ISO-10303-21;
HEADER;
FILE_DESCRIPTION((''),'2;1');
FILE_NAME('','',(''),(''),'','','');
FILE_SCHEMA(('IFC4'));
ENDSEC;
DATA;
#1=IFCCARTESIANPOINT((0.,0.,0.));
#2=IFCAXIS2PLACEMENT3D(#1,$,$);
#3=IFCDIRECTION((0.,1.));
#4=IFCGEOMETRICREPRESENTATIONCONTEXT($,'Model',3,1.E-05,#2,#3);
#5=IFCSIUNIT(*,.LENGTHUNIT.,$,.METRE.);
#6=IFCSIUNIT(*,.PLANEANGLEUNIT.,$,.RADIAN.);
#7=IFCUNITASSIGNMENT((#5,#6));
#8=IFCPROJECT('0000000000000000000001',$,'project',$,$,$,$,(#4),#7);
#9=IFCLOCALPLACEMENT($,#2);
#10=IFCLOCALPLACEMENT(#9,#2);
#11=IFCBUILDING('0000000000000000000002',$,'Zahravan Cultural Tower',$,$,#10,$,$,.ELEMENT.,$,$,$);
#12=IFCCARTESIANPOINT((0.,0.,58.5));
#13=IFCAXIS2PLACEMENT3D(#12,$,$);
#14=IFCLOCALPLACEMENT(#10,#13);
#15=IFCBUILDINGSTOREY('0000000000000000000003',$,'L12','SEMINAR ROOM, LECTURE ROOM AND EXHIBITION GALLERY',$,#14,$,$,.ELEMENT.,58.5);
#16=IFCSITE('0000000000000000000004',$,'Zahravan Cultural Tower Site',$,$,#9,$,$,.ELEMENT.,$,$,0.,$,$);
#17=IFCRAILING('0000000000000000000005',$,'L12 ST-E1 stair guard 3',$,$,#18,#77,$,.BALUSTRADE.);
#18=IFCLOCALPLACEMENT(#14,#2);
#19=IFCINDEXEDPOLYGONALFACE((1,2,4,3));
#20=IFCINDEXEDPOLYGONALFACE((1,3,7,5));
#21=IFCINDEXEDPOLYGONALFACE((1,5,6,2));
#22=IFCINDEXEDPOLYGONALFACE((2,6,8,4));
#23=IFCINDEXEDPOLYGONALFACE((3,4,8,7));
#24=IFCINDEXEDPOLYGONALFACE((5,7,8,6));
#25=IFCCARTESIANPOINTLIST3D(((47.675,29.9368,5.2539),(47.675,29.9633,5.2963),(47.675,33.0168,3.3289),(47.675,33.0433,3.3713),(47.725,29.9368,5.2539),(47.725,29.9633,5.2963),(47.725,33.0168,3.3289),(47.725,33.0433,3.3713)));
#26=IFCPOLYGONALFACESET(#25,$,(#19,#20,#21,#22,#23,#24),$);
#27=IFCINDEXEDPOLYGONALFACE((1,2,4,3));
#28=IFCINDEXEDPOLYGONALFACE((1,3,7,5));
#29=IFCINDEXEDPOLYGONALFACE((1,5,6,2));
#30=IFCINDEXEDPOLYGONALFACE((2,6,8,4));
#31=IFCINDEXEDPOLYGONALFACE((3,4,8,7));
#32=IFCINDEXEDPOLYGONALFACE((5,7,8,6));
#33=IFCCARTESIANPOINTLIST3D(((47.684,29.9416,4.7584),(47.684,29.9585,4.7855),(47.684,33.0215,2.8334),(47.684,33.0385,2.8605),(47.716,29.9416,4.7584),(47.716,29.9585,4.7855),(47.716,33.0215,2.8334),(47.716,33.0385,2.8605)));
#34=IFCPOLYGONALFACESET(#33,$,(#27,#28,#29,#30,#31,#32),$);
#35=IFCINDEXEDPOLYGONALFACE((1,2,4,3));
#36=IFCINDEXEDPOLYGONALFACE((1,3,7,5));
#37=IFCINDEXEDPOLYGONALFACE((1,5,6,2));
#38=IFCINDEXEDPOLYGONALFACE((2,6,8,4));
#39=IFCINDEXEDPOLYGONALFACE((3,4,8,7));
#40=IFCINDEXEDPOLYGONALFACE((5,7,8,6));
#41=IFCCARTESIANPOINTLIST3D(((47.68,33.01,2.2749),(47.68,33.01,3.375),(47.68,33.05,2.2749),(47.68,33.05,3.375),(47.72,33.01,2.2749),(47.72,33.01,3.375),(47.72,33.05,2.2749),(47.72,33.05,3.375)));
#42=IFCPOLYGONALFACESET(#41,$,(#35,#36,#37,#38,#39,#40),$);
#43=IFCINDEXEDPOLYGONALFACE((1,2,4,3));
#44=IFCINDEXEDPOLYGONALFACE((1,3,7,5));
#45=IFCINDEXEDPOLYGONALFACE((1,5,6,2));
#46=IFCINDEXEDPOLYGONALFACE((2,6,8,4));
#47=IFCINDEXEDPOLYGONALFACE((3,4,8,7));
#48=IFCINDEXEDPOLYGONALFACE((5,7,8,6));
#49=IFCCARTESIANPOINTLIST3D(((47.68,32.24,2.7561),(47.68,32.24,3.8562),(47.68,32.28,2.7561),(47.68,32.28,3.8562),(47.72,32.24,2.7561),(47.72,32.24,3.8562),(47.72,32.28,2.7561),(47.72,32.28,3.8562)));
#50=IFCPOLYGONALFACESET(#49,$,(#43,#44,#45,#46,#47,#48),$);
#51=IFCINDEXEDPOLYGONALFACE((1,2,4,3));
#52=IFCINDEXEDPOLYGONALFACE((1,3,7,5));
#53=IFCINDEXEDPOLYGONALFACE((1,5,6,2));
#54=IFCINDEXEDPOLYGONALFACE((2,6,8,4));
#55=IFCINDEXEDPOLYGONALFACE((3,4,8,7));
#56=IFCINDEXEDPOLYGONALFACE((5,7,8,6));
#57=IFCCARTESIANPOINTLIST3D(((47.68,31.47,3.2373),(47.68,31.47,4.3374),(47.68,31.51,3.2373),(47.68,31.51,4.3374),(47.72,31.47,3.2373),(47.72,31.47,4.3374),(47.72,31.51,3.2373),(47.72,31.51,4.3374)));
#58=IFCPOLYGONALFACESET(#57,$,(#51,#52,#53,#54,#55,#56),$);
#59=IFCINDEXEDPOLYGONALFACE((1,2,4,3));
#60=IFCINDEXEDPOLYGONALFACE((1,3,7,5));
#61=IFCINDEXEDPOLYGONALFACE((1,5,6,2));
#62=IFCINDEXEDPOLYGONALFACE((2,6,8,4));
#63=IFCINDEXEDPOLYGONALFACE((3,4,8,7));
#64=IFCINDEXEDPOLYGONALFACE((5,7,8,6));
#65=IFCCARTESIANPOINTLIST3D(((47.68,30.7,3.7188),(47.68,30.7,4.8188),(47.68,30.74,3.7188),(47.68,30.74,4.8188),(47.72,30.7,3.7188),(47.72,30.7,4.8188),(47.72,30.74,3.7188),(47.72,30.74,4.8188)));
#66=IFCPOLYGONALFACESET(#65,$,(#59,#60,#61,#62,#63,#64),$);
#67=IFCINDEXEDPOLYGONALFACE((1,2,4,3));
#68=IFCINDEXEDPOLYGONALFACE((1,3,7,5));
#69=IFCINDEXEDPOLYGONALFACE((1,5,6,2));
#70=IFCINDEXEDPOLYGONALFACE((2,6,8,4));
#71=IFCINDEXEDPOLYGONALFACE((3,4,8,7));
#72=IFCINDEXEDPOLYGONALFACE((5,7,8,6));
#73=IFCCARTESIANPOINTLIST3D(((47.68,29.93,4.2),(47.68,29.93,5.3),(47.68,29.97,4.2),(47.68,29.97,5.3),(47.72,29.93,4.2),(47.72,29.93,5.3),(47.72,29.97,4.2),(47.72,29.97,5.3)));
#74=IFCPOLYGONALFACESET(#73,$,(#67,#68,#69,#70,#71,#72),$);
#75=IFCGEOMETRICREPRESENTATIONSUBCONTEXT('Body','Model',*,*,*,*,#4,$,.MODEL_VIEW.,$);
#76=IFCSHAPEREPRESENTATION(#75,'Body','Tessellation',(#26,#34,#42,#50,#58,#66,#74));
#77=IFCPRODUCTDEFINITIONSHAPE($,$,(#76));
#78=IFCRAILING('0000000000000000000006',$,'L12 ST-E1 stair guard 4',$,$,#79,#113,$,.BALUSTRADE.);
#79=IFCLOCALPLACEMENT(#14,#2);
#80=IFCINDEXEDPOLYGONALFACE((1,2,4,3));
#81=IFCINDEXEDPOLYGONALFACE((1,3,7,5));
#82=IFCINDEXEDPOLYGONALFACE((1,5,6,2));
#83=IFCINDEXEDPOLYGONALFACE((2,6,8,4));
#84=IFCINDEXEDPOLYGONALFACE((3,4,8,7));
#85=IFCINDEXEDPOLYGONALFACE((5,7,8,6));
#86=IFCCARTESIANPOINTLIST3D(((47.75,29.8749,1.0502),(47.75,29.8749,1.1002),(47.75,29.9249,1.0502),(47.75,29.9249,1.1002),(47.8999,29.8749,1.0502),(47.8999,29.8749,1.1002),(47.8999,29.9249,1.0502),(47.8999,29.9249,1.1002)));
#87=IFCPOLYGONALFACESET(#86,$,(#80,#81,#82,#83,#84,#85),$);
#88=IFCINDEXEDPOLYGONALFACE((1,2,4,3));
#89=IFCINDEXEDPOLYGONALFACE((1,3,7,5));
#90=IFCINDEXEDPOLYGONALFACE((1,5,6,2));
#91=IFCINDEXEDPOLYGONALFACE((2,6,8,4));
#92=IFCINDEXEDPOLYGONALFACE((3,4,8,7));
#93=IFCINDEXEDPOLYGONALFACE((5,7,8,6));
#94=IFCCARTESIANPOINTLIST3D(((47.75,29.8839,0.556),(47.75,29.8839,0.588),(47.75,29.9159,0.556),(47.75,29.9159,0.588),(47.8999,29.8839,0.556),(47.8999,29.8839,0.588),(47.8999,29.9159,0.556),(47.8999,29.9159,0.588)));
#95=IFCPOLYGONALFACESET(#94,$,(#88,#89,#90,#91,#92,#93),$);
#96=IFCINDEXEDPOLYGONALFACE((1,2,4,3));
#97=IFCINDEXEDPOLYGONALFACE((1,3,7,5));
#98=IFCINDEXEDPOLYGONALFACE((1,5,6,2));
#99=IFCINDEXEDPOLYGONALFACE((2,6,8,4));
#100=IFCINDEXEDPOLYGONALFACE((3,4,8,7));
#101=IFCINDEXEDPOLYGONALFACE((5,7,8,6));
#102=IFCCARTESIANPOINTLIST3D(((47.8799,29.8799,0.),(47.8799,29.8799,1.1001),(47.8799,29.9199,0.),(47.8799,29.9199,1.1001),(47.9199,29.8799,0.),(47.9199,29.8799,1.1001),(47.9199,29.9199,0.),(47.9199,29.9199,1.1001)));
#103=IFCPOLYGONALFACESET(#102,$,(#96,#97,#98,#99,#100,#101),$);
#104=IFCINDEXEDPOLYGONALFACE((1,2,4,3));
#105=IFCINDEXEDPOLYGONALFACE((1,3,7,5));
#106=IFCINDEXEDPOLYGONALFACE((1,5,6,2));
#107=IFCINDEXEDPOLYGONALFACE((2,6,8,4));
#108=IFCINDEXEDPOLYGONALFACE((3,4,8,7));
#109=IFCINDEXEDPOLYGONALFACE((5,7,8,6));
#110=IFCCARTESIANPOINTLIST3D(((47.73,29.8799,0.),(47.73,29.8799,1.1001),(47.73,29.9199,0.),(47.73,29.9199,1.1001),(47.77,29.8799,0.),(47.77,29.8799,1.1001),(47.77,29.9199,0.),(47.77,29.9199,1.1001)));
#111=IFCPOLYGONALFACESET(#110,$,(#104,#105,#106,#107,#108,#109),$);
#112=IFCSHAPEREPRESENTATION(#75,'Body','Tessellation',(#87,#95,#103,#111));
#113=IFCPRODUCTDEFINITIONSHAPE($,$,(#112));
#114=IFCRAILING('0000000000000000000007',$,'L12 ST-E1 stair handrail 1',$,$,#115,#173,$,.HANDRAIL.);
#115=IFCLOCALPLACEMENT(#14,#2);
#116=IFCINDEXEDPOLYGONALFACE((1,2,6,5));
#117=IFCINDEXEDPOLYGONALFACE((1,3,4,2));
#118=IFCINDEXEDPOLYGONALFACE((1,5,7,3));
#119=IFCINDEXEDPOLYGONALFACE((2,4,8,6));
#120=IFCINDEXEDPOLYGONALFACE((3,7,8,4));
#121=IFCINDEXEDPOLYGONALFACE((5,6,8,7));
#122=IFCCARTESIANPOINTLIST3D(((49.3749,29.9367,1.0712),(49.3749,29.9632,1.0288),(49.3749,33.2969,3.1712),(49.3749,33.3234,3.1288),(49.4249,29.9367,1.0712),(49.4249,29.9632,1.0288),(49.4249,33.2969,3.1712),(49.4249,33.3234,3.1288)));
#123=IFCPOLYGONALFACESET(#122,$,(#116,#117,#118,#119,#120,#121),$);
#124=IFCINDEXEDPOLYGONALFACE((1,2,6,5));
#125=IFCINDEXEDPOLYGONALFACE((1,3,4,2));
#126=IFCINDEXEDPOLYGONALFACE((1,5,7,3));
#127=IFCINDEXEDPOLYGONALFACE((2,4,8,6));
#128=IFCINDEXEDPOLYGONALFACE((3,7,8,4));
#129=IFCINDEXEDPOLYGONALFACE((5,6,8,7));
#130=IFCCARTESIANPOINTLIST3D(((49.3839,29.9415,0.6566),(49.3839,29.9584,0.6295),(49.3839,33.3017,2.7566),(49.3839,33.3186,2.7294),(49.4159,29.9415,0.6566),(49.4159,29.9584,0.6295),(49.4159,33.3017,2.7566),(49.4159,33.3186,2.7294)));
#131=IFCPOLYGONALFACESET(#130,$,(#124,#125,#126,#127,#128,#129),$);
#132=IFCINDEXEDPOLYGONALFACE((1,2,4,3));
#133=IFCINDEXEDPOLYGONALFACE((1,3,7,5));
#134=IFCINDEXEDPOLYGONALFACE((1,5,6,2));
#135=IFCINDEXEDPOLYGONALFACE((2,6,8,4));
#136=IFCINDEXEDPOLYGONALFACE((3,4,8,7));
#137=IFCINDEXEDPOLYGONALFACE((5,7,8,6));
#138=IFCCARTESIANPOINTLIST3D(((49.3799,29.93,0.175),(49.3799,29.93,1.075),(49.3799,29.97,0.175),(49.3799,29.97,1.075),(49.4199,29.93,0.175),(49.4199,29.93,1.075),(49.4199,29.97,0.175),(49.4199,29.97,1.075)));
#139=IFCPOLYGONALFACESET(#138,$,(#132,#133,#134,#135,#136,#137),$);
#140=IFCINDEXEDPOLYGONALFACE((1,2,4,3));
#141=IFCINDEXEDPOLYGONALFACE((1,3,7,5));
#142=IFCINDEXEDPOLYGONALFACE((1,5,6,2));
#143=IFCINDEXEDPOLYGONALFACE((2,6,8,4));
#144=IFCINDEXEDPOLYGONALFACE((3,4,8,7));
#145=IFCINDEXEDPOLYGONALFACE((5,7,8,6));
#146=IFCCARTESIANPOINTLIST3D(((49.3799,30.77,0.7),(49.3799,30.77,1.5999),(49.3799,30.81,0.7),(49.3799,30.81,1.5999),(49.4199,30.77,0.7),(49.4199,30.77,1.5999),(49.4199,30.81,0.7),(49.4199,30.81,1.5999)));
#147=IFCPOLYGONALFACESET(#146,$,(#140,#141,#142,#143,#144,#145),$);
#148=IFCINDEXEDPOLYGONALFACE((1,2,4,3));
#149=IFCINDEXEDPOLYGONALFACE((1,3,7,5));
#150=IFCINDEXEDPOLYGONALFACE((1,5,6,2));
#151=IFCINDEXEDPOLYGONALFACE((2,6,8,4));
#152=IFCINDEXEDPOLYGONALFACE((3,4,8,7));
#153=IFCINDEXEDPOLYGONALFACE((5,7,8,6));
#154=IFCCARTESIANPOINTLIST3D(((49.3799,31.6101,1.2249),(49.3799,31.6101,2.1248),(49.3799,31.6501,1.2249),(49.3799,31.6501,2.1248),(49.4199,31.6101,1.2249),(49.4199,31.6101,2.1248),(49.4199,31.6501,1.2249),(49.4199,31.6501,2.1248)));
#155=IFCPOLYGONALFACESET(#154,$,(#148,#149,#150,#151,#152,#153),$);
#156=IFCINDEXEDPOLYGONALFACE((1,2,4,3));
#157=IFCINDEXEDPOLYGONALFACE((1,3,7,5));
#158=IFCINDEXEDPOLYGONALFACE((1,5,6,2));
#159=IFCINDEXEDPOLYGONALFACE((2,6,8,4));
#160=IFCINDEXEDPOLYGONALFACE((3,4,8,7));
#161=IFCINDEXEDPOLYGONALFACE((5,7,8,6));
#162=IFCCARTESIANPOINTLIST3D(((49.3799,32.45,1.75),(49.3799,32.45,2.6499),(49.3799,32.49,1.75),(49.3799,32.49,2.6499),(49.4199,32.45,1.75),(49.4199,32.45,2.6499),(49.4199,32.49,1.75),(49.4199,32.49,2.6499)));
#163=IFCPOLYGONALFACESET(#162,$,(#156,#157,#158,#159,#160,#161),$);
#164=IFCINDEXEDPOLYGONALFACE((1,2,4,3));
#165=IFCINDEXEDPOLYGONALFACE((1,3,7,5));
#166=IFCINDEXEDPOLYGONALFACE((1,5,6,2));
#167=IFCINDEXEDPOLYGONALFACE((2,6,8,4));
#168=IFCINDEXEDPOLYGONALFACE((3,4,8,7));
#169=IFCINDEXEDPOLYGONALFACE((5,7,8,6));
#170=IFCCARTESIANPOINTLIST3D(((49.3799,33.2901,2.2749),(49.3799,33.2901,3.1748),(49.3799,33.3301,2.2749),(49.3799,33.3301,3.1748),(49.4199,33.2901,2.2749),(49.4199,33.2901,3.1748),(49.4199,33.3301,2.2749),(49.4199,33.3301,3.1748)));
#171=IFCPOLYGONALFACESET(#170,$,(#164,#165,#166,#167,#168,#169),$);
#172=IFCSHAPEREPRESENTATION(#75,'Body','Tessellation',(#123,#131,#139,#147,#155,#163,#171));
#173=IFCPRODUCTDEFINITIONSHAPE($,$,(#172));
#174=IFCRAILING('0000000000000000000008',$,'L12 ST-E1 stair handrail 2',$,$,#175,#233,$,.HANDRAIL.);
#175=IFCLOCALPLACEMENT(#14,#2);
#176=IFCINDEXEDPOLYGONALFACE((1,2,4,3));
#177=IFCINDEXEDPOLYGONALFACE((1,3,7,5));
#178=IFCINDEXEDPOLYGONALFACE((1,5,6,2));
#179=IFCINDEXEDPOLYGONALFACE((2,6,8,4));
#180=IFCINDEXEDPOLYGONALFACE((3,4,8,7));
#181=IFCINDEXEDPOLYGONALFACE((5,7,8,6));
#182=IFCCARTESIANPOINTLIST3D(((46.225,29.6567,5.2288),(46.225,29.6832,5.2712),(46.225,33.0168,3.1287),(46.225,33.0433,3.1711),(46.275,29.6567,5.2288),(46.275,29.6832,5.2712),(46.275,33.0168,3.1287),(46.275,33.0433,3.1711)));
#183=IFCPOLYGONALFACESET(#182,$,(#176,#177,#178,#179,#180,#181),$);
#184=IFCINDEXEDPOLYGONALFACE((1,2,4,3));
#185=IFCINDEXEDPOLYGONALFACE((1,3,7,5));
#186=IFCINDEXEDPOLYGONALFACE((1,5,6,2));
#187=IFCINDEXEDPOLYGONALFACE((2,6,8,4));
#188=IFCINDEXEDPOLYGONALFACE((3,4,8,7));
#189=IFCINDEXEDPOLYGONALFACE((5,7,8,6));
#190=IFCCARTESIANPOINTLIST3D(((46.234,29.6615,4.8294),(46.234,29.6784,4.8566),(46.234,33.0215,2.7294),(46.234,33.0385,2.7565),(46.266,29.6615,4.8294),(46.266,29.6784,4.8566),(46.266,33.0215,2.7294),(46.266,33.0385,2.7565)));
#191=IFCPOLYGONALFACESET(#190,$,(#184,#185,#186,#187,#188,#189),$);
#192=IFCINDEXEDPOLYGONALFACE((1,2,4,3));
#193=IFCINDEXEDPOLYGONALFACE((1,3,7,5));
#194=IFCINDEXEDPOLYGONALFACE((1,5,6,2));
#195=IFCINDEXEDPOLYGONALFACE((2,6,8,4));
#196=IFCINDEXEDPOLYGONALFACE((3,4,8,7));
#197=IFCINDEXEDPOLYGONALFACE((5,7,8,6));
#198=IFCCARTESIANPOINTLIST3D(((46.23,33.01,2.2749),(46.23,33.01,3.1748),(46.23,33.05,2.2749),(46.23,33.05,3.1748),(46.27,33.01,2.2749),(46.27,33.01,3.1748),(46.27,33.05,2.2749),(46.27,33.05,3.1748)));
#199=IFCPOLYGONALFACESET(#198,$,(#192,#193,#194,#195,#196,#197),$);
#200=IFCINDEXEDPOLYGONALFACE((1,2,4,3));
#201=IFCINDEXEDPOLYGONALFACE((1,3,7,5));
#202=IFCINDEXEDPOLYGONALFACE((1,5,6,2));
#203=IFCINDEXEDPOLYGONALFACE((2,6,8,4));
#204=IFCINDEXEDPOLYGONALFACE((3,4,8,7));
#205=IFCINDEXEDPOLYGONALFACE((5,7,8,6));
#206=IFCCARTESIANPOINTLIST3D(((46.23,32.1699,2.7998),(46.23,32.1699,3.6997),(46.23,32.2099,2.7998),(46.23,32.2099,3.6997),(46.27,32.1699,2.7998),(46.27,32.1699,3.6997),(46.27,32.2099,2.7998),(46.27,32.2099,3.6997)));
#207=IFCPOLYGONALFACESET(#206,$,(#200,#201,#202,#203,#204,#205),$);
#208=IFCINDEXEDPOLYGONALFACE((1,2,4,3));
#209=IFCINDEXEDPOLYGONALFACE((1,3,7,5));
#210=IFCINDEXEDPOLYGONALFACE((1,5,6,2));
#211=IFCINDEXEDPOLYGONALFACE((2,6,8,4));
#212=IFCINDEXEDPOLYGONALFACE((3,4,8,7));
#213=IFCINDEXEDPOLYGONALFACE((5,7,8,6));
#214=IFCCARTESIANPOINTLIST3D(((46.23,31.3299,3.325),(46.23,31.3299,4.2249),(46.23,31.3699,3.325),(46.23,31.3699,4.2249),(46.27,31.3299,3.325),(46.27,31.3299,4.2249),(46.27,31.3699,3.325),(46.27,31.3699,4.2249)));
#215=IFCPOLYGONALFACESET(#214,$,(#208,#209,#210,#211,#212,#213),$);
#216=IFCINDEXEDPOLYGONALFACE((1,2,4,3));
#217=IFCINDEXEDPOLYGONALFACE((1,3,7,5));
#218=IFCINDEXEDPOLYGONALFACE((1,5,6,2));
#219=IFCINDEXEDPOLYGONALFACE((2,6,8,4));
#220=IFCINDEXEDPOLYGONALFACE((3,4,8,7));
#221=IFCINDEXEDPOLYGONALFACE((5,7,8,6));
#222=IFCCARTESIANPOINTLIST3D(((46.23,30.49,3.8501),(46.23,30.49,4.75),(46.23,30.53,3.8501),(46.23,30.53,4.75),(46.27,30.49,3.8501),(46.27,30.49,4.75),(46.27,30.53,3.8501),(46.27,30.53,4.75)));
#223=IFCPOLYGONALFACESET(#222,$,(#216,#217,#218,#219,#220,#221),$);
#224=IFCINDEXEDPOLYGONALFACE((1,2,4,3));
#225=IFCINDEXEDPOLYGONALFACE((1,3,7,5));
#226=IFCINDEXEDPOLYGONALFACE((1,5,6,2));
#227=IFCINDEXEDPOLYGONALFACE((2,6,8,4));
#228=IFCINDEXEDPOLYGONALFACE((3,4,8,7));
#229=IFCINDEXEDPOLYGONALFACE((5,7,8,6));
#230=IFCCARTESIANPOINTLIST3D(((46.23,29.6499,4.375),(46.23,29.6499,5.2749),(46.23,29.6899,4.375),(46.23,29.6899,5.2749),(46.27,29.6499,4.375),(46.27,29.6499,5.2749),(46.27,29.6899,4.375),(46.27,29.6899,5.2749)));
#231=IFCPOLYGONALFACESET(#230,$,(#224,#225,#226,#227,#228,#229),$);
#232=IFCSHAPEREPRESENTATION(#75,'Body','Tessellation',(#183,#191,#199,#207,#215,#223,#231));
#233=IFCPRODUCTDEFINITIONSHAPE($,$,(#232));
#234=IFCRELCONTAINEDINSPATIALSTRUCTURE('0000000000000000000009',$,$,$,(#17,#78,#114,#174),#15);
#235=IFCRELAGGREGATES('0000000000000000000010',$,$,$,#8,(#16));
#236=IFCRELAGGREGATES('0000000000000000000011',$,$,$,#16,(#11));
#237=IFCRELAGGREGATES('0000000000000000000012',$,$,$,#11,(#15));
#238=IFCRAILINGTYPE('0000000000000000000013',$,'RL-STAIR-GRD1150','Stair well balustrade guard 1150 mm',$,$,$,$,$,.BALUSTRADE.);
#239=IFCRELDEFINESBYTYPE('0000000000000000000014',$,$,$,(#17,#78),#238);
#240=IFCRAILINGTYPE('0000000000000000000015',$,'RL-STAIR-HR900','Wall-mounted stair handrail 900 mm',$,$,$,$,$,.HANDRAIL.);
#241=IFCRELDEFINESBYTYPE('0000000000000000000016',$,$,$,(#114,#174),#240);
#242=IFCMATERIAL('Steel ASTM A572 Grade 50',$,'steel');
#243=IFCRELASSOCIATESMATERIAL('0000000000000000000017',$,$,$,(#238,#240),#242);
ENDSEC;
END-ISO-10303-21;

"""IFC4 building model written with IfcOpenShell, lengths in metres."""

from ifc_helpers import new_model, si_unit, direction, frame, origin, origin_2d, place, context, subcontext, project, spatial, rectangle, extrude, material, type_object, element, save


model = new_model("IFC4")

# Units and contexts
model_context = context("Model", 3, precision=1e-05, world=origin(), true_north=direction((0.0, 1.0)))
body_context = subcontext(model_context, "Body", "Model", "MODEL_VIEW")
ifc_project = project(units=[si_unit("LENGTHUNIT", "METRE"), si_unit("PLANEANGLEUNIT", "RADIAN")], contexts=[model_context])

# Site, building, storey
site_placement = place(None, origin())
site = spatial("IfcSite", under=ifc_project, at=site_placement, Name="Zahravan Cultural Tower Site", CompositionType="ELEMENT", RefElevation=0.0)
building_placement = place(site_placement, origin())
building = spatial("IfcBuilding", under=site, at=building_placement, Name="Zahravan Cultural Tower", CompositionType="ELEMENT")
storey_placement = place(building_placement, frame((0.0, 0.0, 58.5)))
storey = spatial("IfcBuildingStorey", under=building, at=storey_placement, Name="L12", Description="SEMINAR ROOM, LECTURE ROOM AND EXHIBITION GALLERY", CompositionType="ELEMENT", Elevation=58.5)

# Shared definitions
ifc_material_1 = material(Name="Steel ASTM A572 Grade 50", Category="steel")

# Railings
railing_type_1 = type_object("IfcRailingType", Name="RL-STAIR-GRD1150", Description="Stair well balustrade guard 1150 mm", PredefinedType="BALUSTRADE", material=ifc_material_1)
railing_1_placement = place(storey_placement, frame((47.7, 33.03, 2.2749)))
element("IfcRailing", 1, at=railing_1_placement, inside=storey, type_object=railing_type_1, Name="L12 ST-E1 stair guard 3", PredefinedType="BALUSTRADE", context=body_context, shape_type="SweptSolid", body=[
    extrude(rectangle(XDim=0.05, YDim=0.05, at=origin_2d()), frame((0.0, 0.0, 1.0752), z_axis=(0.0, -0.847998, 0.529999), x_axis=(1.0, 0.0, 0.0)), (0.0, 0.0, 1.0), 3.6321),
    extrude(rectangle(XDim=0.032, YDim=0.032, at=origin_2d()), frame((0.0, 0.0, 0.572), z_axis=(0.0, -0.847998, 0.529999), x_axis=(1.0, 0.0, 0.0)), (0.0, 0.0, 1.0), 3.6321),
    extrude(rectangle(XDim=0.04, YDim=0.04, at=origin_2d()), origin(), (0.0, 0.0, 1.0), 1.1001),
    extrude(rectangle(XDim=0.04, YDim=0.04, at=origin_2d()), frame((0.0, -0.77, 0.4812)), (0.0, 0.0, 1.0), 1.1001),
    extrude(rectangle(XDim=0.04, YDim=0.04, at=origin_2d()), frame((0.0, -1.54, 0.9624)), (0.0, 0.0, 1.0), 1.1001),
    extrude(rectangle(XDim=0.04, YDim=0.04, at=origin_2d()), frame((0.0, -2.3101, 1.4438)), (0.0, 0.0, 1.0), 1.1001),
    extrude(rectangle(XDim=0.04, YDim=0.04, at=origin_2d()), frame((0.0, -3.0801, 1.925)), (0.0, 0.0, 1.0), 1.1001),
])
railing_2_placement = place(storey_placement, frame((47.8999, 29.8999, 0.0)))
element("IfcRailing", 2, at=railing_2_placement, inside=storey, type_object=railing_type_1, Name="L12 ST-E1 stair guard 4", PredefinedType="BALUSTRADE", context=body_context, shape_type="SweptSolid", body=[
    extrude(rectangle(XDim=0.05, YDim=0.05, at=origin_2d()), frame((0.0, 0.0, 1.0752), z_axis=(-1.0, 0.0, 0.0), x_axis=(0.0, -1.0, 0.0)), (0.0, 0.0, 1.0), 0.1499),
    extrude(rectangle(XDim=0.032, YDim=0.032, at=origin_2d()), frame((0.0, 0.0, 0.572), z_axis=(-1.0, 0.0, 0.0), x_axis=(0.0, -1.0, 0.0)), (0.0, 0.0, 1.0), 0.1499),
    extrude(rectangle(XDim=0.04, YDim=0.04, at=origin_2d()), origin(), (0.0, 0.0, 1.0), 1.1001),
    extrude(rectangle(XDim=0.04, YDim=0.04, at=origin_2d()), frame((-0.1499, 0.0, 0.0)), (0.0, 0.0, 1.0), 1.1001),
])
railing_type_2 = type_object("IfcRailingType", Name="RL-STAIR-HR900", Description="Wall-mounted stair handrail 900 mm", PredefinedType="HANDRAIL", material=ifc_material_1)
railing_3_placement = place(storey_placement, frame((49.3999, 29.95, 0.175)))
element("IfcRailing", 3, at=railing_3_placement, inside=storey, type_object=railing_type_2, Name="L12 ST-E1 stair handrail 1", PredefinedType="HANDRAIL", context=body_context, shape_type="SweptSolid", body=[
    extrude(rectangle(XDim=0.05, YDim=0.05, at=origin_2d()), frame((0.0, 0.0, 0.875), z_axis=(0.0, 0.848023, 0.52996), x_axis=(-1.0, 0.0, 0.0)), (0.0, 0.0, 1.0), 3.9624),
    extrude(rectangle(XDim=0.032, YDim=0.032, at=origin_2d()), frame((0.0, 0.0, 0.468), z_axis=(0.0, 0.848023, 0.52996), x_axis=(-1.0, 0.0, 0.0)), (0.0, 0.0, 1.0), 3.9624),
    extrude(rectangle(XDim=0.04, YDim=0.04, at=origin_2d()), origin(), (0.0, 0.0, 1.0), 0.8999),
    extrude(rectangle(XDim=0.04, YDim=0.04, at=origin_2d()), frame((0.0, 0.8401, 0.5249)), (0.0, 0.0, 1.0), 0.8999),
    extrude(rectangle(XDim=0.04, YDim=0.04, at=origin_2d()), frame((0.0, 1.6802, 1.0498)), (0.0, 0.0, 1.0), 0.8999),
    extrude(rectangle(XDim=0.04, YDim=0.04, at=origin_2d()), frame((0.0, 2.52, 1.575)), (0.0, 0.0, 1.0), 0.8999),
    extrude(rectangle(XDim=0.04, YDim=0.04, at=origin_2d()), frame((0.0, 3.3601, 2.0999)), (0.0, 0.0, 1.0), 0.8999),
])
railing_4_placement = place(storey_placement, frame((46.25, 33.03, 2.2749)))
element("IfcRailing", 4, at=railing_4_placement, inside=storey, type_object=railing_type_2, Name="L12 ST-E1 stair handrail 2", PredefinedType="HANDRAIL", context=body_context, shape_type="SweptSolid", body=[
    extrude(rectangle(XDim=0.05, YDim=0.05, at=origin_2d()), frame((0.0, 0.0, 0.875), z_axis=(0.0, -0.847995, 0.530004), x_axis=(1.0, 0.0, 0.0)), (0.0, 0.0, 1.0), 3.9624),
    extrude(rectangle(XDim=0.032, YDim=0.032, at=origin_2d()), frame((0.0, 0.0, 0.468), z_axis=(0.0, -0.847995, 0.530004), x_axis=(1.0, 0.0, 0.0)), (0.0, 0.0, 1.0), 3.9624),
    extrude(rectangle(XDim=0.04, YDim=0.04, at=origin_2d()), origin(), (0.0, 0.0, 1.0), 0.8999),
    extrude(rectangle(XDim=0.04, YDim=0.04, at=origin_2d()), frame((0.0, -0.8401, 0.5249)), (0.0, 0.0, 1.0), 0.8999),
    extrude(rectangle(XDim=0.04, YDim=0.04, at=origin_2d()), frame((0.0, -1.6802, 1.05)), (0.0, 0.0, 1.0), 0.8999),
    extrude(rectangle(XDim=0.04, YDim=0.04, at=origin_2d()), frame((0.0, -2.52, 1.5752)), (0.0, 0.0, 1.0), 0.8999),
    extrude(rectangle(XDim=0.04, YDim=0.04, at=origin_2d()), frame((0.0, -3.3601, 2.1001)), (0.0, 0.0, 1.0), 0.8999),
])

save(model, "model.ifc")
